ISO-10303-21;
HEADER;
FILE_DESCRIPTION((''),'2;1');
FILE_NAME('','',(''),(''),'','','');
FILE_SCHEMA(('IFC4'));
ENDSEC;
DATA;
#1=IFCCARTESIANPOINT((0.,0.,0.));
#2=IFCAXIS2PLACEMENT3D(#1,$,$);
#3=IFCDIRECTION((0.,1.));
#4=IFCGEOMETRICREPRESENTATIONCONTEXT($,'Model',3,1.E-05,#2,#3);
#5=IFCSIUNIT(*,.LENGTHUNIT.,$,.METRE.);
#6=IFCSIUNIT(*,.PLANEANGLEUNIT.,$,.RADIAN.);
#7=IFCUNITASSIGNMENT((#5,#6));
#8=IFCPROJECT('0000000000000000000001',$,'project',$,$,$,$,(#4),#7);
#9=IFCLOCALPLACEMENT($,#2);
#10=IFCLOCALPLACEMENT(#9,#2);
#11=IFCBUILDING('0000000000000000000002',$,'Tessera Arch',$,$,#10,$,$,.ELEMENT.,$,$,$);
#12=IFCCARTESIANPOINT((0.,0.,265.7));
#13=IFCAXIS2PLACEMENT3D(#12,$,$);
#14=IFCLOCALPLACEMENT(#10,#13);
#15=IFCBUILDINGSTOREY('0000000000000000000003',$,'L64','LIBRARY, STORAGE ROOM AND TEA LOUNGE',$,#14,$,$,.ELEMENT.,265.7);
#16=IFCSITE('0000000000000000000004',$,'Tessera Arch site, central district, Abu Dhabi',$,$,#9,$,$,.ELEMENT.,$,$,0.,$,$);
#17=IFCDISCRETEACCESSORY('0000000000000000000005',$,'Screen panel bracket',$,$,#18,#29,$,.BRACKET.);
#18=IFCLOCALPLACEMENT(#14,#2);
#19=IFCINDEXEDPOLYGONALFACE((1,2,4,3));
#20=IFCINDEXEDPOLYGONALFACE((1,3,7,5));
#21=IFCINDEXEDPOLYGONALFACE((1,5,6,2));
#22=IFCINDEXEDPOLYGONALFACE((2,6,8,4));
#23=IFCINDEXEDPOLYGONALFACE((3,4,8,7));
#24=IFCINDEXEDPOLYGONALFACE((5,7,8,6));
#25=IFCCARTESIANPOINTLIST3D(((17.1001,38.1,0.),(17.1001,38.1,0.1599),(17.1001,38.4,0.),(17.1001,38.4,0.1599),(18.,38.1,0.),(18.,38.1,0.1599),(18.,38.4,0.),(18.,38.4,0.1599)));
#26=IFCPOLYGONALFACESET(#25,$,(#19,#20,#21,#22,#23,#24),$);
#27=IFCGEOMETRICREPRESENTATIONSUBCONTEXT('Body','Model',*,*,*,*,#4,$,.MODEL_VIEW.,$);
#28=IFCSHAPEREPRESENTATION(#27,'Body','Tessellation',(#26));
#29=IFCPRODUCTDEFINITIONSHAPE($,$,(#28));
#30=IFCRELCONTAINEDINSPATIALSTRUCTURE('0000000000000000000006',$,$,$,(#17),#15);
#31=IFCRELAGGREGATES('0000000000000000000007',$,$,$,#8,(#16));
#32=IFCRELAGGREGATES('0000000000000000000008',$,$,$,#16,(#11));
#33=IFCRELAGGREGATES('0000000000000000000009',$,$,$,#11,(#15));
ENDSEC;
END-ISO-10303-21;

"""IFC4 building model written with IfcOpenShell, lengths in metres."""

from ifc_helpers import new_model, si_unit, direction, frame, origin, origin_2d, place, context, subcontext, project, spatial, rectangle, extrude, element, save


model = new_model("IFC4")

# Units and contexts
model_context = context("Model", 3, precision=1e-05, world=origin(), true_north=direction((0.0, 1.0)))
body_context = subcontext(model_context, "Body", "Model", "MODEL_VIEW")
ifc_project = project(units=[si_unit("LENGTHUNIT", "METRE"), si_unit("PLANEANGLEUNIT", "RADIAN")], contexts=[model_context])

# Site, building, storey
site_placement = place(None, origin())
site = spatial("IfcSite", under=ifc_project, at=site_placement, Name="Tessera Arch site, central district, Abu Dhabi", CompositionType="ELEMENT", RefElevation=0.0)
building_placement = place(site_placement, origin())
building = spatial("IfcBuilding", under=site, at=building_placement, Name="Tessera Arch", CompositionType="ELEMENT")
storey_placement = place(building_placement, frame((0.0, 0.0, 265.7)))
storey = spatial("IfcBuildingStorey", under=building, at=storey_placement, Name="L64", Description="LIBRARY, STORAGE ROOM AND TEA LOUNGE", CompositionType="ELEMENT", Elevation=265.7)

# Discrete accessory
for number, where, z_axis, x_axis, name in (
    (1, (17.55, 38.25, 0.0), (0.0, 0.0, 1.0), (-1.0, 0.0, 0.0), "Screen panel bracket"),
):
    element("IfcDiscreteAccessory", number, at=place(storey_placement, frame(where, z_axis=z_axis, x_axis=x_axis)), inside=storey, Name=name, PredefinedType="BRACKET", context=body_context, shape_type="SweptSolid", body=[
        extrude(rectangle(XDim=0.8999, YDim=0.3, at=origin_2d()), origin(), (0.0, 0.0, 1.0), 0.1599),
    ])

save(model, "model.ifc")
